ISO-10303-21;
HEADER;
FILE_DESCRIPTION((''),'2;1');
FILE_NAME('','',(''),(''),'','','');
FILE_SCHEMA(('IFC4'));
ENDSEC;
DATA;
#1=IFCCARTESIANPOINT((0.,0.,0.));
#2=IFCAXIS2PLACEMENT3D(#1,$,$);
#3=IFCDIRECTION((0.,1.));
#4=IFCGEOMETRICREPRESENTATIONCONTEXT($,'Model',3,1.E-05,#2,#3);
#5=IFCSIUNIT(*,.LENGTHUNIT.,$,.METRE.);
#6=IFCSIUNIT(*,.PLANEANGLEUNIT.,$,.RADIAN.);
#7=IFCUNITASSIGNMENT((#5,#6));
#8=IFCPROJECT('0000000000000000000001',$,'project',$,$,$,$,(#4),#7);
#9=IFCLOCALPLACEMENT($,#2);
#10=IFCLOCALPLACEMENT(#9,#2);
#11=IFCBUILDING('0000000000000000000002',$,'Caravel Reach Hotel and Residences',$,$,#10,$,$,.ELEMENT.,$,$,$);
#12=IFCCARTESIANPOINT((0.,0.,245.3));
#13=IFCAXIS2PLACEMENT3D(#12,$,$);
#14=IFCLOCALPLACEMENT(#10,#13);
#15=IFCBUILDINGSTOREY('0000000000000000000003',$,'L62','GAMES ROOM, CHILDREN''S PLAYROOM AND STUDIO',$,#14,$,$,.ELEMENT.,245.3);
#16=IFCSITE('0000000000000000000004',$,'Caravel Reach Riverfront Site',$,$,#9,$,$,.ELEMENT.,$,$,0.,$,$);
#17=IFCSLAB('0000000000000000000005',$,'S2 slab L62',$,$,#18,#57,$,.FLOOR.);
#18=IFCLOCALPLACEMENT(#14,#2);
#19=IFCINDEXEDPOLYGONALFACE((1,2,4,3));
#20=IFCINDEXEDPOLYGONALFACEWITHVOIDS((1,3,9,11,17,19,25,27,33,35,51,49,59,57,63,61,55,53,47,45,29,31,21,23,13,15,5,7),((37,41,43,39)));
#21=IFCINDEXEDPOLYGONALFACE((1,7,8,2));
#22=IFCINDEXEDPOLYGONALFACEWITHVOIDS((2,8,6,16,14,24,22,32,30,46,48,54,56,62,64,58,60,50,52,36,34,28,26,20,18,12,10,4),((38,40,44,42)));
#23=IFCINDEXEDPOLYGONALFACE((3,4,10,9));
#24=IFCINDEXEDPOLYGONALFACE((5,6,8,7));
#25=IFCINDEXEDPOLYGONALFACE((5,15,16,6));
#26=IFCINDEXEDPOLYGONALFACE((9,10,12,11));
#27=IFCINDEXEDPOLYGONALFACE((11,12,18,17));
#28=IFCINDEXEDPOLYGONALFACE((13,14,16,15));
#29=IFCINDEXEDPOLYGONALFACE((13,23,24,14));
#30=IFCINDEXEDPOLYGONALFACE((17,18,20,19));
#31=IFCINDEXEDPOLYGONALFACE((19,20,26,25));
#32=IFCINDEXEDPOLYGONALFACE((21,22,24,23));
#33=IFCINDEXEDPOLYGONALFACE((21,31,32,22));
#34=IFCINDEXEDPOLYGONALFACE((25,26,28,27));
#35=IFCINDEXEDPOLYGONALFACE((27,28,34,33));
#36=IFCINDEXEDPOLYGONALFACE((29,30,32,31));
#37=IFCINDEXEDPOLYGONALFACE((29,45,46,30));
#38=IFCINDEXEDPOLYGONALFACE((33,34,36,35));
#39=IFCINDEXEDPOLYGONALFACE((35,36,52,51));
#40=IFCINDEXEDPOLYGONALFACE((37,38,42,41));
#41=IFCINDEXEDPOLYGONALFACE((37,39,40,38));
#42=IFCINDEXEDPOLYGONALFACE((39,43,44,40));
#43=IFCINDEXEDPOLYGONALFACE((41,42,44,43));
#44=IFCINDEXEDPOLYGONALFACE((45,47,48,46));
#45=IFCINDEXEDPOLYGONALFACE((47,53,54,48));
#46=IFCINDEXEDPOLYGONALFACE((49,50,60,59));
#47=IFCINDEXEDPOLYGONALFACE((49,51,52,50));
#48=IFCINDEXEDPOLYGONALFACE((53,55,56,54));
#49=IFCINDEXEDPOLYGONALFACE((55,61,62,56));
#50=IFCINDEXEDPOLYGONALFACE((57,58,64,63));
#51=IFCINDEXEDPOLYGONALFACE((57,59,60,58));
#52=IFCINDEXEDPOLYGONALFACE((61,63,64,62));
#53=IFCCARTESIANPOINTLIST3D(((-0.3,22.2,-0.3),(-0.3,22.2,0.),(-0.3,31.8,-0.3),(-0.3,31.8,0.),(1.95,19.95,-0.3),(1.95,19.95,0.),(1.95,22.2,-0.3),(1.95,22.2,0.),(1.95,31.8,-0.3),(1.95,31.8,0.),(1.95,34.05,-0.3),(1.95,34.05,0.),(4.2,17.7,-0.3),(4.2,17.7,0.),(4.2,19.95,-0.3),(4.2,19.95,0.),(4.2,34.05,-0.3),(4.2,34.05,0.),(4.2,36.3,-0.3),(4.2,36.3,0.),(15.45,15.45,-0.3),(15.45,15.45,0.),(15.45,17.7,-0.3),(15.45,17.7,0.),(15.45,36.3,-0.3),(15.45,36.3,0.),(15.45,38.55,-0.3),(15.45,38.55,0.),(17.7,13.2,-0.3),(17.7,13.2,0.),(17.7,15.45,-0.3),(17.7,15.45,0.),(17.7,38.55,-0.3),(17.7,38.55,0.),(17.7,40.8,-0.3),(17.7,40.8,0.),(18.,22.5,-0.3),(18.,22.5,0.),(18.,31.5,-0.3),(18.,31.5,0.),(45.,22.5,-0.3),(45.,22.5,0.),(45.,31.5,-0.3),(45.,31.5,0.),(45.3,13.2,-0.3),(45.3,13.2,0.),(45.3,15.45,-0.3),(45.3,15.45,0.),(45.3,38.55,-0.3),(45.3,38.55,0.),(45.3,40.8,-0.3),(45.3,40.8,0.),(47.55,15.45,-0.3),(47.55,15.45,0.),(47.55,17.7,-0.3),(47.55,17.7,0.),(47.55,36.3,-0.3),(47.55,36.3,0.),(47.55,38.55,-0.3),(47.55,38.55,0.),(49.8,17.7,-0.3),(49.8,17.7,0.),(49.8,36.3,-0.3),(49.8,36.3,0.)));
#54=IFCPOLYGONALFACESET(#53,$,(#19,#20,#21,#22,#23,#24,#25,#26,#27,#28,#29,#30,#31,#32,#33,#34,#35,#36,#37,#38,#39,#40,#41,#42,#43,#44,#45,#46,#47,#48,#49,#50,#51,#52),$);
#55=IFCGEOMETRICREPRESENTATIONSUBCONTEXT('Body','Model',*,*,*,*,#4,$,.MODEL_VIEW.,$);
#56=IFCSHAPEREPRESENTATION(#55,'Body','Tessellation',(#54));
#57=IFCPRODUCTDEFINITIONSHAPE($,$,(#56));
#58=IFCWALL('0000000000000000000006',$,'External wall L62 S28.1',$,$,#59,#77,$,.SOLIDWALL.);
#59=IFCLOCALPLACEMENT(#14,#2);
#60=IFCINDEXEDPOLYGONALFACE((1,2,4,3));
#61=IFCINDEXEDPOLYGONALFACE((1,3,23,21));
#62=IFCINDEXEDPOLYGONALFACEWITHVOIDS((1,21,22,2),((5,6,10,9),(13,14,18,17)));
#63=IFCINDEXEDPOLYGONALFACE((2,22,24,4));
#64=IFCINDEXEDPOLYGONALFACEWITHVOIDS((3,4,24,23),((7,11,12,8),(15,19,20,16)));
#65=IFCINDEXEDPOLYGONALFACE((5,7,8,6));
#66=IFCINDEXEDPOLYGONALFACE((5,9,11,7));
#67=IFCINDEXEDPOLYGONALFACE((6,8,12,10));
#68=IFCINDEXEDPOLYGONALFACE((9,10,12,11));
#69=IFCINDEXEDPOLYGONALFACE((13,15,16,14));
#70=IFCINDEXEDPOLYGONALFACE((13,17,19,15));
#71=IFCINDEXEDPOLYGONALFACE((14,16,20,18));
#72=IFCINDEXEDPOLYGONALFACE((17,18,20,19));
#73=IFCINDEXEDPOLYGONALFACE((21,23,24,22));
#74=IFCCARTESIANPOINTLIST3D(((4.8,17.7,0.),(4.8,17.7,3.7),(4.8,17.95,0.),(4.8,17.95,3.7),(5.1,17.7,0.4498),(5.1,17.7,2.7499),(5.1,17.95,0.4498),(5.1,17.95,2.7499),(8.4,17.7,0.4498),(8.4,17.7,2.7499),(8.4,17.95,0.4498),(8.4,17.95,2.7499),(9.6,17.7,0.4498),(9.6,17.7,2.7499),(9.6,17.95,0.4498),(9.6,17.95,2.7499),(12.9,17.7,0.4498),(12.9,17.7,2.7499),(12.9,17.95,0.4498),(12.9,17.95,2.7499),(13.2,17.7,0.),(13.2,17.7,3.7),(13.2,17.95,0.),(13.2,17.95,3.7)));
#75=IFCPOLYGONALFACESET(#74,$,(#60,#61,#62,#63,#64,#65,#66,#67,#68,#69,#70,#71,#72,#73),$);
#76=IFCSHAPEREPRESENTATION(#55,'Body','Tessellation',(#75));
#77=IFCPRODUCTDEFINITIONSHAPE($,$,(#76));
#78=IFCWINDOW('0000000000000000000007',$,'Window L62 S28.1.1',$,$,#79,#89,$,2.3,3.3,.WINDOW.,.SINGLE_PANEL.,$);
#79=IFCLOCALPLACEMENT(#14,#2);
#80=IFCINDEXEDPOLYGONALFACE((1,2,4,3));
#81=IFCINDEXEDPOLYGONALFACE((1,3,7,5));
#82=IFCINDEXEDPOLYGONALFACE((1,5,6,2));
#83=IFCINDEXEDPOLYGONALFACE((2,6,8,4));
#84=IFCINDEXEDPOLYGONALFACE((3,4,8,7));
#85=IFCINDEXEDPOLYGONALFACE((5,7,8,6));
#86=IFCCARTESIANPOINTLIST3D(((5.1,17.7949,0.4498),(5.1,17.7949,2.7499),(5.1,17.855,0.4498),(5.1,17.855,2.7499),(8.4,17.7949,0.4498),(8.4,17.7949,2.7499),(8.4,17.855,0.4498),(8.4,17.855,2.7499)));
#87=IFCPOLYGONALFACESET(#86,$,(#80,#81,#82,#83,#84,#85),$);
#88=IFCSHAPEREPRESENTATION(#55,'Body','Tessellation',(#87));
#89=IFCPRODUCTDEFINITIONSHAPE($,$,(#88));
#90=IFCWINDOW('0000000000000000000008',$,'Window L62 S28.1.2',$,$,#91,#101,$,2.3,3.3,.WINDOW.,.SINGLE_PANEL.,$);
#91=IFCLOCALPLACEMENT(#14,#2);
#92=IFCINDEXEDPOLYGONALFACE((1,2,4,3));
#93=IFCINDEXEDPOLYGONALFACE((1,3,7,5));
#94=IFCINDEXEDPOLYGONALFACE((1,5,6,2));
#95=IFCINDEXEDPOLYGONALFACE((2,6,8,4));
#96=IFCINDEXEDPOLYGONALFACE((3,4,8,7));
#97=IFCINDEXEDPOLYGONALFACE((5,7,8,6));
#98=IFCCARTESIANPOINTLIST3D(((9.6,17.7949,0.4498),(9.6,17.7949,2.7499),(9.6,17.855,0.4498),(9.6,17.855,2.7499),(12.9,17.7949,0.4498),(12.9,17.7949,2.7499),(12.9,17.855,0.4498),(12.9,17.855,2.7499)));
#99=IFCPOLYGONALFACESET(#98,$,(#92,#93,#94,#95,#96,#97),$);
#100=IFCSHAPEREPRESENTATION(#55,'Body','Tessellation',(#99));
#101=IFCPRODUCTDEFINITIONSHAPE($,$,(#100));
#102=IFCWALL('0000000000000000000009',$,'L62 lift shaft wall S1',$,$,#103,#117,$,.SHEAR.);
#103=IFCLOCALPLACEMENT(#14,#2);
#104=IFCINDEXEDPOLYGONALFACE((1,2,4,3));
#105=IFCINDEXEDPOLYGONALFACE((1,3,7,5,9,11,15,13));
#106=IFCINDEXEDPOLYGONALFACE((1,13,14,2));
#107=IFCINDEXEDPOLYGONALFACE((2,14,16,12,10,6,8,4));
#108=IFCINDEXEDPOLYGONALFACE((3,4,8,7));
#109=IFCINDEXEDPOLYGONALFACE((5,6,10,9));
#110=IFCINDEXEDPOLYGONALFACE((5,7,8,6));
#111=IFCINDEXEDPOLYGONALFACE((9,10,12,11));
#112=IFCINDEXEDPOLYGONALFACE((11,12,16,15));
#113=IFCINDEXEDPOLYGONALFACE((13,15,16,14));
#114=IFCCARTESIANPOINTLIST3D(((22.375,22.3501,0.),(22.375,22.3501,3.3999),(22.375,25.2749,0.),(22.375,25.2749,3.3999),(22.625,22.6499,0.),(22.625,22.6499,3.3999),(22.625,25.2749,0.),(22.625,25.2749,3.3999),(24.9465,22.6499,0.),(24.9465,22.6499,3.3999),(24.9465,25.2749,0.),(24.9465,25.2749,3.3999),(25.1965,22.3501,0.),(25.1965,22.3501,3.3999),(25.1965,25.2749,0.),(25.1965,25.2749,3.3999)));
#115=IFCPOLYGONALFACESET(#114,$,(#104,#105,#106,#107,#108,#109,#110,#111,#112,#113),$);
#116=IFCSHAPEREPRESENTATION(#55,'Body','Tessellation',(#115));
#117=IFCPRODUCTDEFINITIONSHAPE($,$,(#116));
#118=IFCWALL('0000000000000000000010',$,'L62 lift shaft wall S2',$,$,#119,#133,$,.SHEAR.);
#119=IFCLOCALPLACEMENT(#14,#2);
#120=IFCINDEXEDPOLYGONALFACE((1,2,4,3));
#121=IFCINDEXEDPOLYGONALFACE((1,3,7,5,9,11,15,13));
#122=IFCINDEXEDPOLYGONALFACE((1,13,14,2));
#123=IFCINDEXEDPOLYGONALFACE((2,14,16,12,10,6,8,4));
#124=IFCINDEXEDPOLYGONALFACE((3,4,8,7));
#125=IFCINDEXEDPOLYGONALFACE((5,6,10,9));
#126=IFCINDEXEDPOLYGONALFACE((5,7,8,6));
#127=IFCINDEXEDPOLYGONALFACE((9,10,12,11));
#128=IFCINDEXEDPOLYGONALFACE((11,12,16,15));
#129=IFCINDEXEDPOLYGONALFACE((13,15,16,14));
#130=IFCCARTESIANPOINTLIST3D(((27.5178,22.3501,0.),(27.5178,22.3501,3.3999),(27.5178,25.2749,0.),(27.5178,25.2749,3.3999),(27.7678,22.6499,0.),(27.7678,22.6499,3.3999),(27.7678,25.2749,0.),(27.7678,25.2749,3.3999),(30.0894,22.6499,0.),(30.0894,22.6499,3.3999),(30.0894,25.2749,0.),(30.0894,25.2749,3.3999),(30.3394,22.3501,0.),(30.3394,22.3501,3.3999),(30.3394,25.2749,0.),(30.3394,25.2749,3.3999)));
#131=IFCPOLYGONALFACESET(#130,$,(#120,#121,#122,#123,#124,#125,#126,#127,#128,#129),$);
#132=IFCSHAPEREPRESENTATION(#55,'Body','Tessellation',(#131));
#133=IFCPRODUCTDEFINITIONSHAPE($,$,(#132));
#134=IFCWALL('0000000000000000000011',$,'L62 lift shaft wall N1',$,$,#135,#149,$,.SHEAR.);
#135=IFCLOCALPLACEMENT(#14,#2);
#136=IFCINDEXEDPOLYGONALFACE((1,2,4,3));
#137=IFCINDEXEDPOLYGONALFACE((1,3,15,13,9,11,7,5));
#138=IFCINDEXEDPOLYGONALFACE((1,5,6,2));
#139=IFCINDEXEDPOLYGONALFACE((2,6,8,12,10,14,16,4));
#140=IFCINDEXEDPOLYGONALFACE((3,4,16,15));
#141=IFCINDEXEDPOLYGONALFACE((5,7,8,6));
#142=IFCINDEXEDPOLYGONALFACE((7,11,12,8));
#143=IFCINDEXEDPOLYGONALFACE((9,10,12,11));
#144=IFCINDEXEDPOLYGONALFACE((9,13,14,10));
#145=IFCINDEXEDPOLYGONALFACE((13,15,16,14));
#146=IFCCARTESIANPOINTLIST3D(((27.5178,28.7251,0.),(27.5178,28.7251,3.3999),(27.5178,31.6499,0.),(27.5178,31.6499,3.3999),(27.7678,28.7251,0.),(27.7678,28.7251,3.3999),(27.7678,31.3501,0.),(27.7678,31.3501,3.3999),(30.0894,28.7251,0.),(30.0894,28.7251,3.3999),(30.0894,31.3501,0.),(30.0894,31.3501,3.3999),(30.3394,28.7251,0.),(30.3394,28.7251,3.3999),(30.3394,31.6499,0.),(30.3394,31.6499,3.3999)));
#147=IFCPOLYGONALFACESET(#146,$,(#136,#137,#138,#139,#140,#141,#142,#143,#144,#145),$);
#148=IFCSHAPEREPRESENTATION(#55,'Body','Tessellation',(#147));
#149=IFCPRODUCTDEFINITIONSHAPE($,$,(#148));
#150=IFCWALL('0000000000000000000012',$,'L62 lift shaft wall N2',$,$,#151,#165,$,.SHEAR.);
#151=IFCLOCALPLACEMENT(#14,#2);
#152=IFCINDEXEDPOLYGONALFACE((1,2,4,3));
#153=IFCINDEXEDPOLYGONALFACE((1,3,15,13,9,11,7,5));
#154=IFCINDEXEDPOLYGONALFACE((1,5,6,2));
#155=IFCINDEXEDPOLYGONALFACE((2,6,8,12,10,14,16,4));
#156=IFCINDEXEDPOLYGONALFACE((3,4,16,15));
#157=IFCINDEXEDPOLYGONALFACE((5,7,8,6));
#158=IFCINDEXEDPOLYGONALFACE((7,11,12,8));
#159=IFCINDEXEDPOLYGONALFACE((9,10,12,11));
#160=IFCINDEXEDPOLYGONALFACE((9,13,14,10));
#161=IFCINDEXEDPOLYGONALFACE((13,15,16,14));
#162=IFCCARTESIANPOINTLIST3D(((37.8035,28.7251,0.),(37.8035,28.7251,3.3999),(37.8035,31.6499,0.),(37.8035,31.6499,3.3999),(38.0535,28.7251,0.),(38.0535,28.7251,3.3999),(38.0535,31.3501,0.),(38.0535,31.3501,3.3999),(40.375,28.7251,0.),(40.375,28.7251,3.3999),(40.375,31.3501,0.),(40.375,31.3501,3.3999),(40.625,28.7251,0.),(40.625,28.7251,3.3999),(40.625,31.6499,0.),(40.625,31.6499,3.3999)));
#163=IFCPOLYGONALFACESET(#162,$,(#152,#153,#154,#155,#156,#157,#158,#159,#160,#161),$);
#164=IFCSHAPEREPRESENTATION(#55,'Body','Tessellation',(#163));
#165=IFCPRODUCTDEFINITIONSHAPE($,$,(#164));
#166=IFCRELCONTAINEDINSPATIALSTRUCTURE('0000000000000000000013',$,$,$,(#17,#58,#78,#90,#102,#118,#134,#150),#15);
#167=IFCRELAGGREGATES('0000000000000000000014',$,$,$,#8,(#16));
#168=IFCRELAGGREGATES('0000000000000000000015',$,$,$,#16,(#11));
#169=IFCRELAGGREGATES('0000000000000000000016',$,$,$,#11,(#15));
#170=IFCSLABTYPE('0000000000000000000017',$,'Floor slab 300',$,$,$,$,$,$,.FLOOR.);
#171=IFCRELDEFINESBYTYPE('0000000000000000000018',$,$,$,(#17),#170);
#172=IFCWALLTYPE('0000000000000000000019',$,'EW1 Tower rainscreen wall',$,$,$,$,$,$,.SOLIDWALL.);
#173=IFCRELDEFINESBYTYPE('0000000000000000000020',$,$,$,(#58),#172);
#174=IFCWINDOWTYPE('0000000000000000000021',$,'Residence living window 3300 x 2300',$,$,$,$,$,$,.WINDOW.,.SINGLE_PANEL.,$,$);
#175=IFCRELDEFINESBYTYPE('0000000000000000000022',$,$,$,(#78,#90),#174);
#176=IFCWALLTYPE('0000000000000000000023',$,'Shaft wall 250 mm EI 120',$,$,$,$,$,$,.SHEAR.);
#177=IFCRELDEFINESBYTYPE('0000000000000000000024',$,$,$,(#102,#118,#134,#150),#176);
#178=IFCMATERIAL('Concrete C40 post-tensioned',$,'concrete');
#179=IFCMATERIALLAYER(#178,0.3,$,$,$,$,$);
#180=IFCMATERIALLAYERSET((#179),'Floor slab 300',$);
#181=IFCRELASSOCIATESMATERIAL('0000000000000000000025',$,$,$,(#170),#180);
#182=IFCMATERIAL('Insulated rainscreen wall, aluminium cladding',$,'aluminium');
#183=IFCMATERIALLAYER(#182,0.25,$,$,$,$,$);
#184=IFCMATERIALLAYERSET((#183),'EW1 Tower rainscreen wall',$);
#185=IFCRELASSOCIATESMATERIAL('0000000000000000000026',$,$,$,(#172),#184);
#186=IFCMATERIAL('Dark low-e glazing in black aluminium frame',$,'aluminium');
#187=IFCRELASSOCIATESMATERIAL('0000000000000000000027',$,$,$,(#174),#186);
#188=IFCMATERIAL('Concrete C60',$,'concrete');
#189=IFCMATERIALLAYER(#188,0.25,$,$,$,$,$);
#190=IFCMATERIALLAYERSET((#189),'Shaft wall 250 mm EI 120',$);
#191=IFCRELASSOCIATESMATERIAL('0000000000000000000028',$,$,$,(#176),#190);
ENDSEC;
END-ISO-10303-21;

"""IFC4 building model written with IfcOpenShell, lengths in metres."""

from ifc_helpers import new_model, si_unit, direction, frame, frame_2d, origin, place, context, subcontext, project, spatial, polyline, rectangle, outline, extrude, material, layer, layer_set, type_object, element, fill, save


model = new_model("IFC4")

# Units and contexts
model_context = context("Model", 3, precision=1e-05, world=origin(), true_north=direction((0.0, 1.0)))
body_context = subcontext(model_context, "Body", "Model", "MODEL_VIEW")
ifc_project = project(units=[si_unit("LENGTHUNIT", "METRE"), si_unit("PLANEANGLEUNIT", "RADIAN")], contexts=[model_context])

# Site, building, storey
site_placement = place(None, origin())
site = spatial("IfcSite", under=ifc_project, at=site_placement, Name="Caravel Reach Riverfront Site", CompositionType="ELEMENT", RefElevation=0.0)
building_placement = place(site_placement, origin())
building = spatial("IfcBuilding", under=site, at=building_placement, Name="Caravel Reach Hotel and Residences", CompositionType="ELEMENT")
storey_placement = place(building_placement, frame((0.0, 0.0, 245.3)))
storey = spatial("IfcBuildingStorey", under=building, at=storey_placement, Name="L62", Description="GAMES ROOM, CHILDREN'S PLAYROOM AND STUDIO", CompositionType="ELEMENT", Elevation=245.3)

# Slab
ifc_material_1 = material(Name="Concrete C40 post-tensioned", Category="concrete")
ifc_layer_1 = layer(ifc_material_1, 0.3)
ifc_layer_set_1 = layer_set([ifc_layer_1], Name="Floor slab 300")
slab_type_1 = type_object("IfcSlabType", Name="Floor slab 300", PredefinedType="FLOOR", material=ifc_layer_set_1)
slab_1_placement = place(storey_placement, frame((0.0, 0.0, -0.3)))
element("IfcSlab", 1, at=slab_1_placement, inside=storey, type_object=slab_type_1, Name="S2 slab L62", PredefinedType="FLOOR", context=body_context, shape_type="SweptSolid", body=[
    extrude(outline(polyline([(4.2, 19.95), (1.95, 19.95), (1.95, 22.2), (-0.3, 22.2), (-0.3, 31.8), (1.95, 31.8), (1.95, 34.05), (4.2, 34.05), (4.2, 36.3), (15.45, 36.3), (15.45, 38.55), (17.7, 38.55), (17.7, 40.8), (45.3, 40.8), (45.3, 38.55), (47.55, 38.55), (47.55, 36.3), (49.8, 36.3), (49.8, 17.7), (47.55, 17.7), (47.55, 15.45), (45.3, 15.45), (45.3, 13.2), (17.7, 13.2), (17.7, 15.45), (15.45, 15.45), (15.45, 17.7), (4.2, 17.7), (4.2, 19.95)]), holes=[polyline([(45.0, 31.5), (18.0, 31.5), (18.0, 22.5), (45.0, 22.5), (45.0, 31.5)])]), origin(), (0.0, 0.0, 1.0), 0.3),
])

# Wall, openings, windows
ifc_material_2 = material(Name="Insulated rainscreen wall, aluminium cladding", Category="aluminium")
ifc_layer_2 = layer(ifc_material_2, 0.25)
ifc_layer_set_2 = layer_set([ifc_layer_2], Name="EW1 Tower rainscreen wall")
wall_type_1 = type_object("IfcWallType", Name="EW1 Tower rainscreen wall", PredefinedType="SOLIDWALL", material=ifc_layer_set_2)
wall_1_placement = place(storey_placement, frame((4.8, 17.825, 0.0), z_axis=(0.0, 0.0, 1.0), x_axis=(1.0, 0.0, 0.0)))
wall_1 = element("IfcWall", 2, at=wall_1_placement, inside=storey, type_object=wall_type_1, Name="External wall L62 S28.1", PredefinedType="SOLIDWALL", context=body_context, shape_type="SweptSolid", body=[
    extrude(rectangle(XDim=8.3999, YDim=0.25, at=frame_2d((4.2, 0.0))), origin(), (0.0, 0.0, 1.0), 3.7),
])
opening_1_placement = place(wall_1_placement, frame((0.3, 0.0, 0.45)))
opening_1 = element("IfcOpeningElement", 3, at=opening_1_placement, cuts=wall_1, PredefinedType="OPENING", context=body_context, shape_type="SweptSolid", body=[
    extrude(rectangle(XDim=3.3, YDim=2.3, at=frame_2d((1.6499, 1.1499))), frame((0.0, 0.135, 0.0), z_axis=(0.0, -1.0, 0.0), x_axis=(1.0, 0.0, 0.0)), (0.0, 0.0, 1.0), 0.27),
])
opening_2_placement = place(wall_1_placement, frame((4.8, 0.0, 0.45)))
opening_2 = element("IfcOpeningElement", 4, at=opening_2_placement, cuts=wall_1, PredefinedType="OPENING", context=body_context, shape_type="SweptSolid", body=[
    extrude(rectangle(XDim=3.3, YDim=2.3, at=frame_2d((1.6499, 1.1499))), frame((0.0, 0.135, 0.0), z_axis=(0.0, -1.0, 0.0), x_axis=(1.0, 0.0, 0.0)), (0.0, 0.0, 1.0), 0.27),
])
ifc_material_3 = material(Name="Dark low-e glazing in black aluminium frame", Category="aluminium")
window_type = type_object("IfcWindowType", Name="Residence living window 3300 x 2300", PartitioningType="SINGLE_PANEL", PredefinedType="WINDOW", material=ifc_material_3)
window_1_placement = place(opening_1_placement, origin())
window_1 = element("IfcWindow", 5, at=window_1_placement, inside=storey, type_object=window_type, Name="Window L62 S28.1.1", OverallHeight=2.3, OverallWidth=3.3, PartitioningType="SINGLE_PANEL", PredefinedType="WINDOW", context=body_context, shape_type="SweptSolid", body=[
    extrude(rectangle(XDim=3.3, YDim=2.3, at=frame_2d((1.6499, 1.1499))), frame((0.0, 0.03, 0.0), z_axis=(0.0, -1.0, 0.0), x_axis=(1.0, 0.0, 0.0)), (0.0, 0.0, 1.0), 0.0601),
])
fill(opening_1, window_1)
window_2_placement = place(opening_2_placement, origin())
window_2 = element("IfcWindow", 6, at=window_2_placement, inside=storey, type_object=window_type, Name="Window L62 S28.1.2", OverallHeight=2.3, OverallWidth=3.3, PartitioningType="SINGLE_PANEL", PredefinedType="WINDOW", context=body_context, shape_type="SweptSolid", body=[
    extrude(rectangle(XDim=3.3, YDim=2.3, at=frame_2d((1.6499, 1.1499))), frame((0.0, 0.03, 0.0), z_axis=(0.0, -1.0, 0.0), x_axis=(1.0, 0.0, 0.0)), (0.0, 0.0, 1.0), 0.0601),
])
fill(opening_2, window_2)

# Walls
ifc_material_4 = material(Name="Concrete C60", Category="concrete")
ifc_layer_3 = layer(ifc_material_4, 0.25)
ifc_layer_set_3 = layer_set([ifc_layer_3], Name="Shaft wall 250 mm EI 120")
wall_type_2 = type_object("IfcWallType", Name="Shaft wall 250 mm EI 120", PredefinedType="SHEAR", material=ifc_layer_set_3)
wall_2_placement = place(storey_placement, origin())
element("IfcWall", 7, at=wall_2_placement, inside=storey, type_object=wall_type_2, Name="L62 lift shaft wall S1", PredefinedType="SHEAR", context=body_context, shape_type="SweptSolid", body=[
    extrude(outline(polyline([(22.375, 22.3501), (25.1965, 22.3501), (25.1965, 25.2749), (24.9465, 25.2749), (24.9465, 22.6499), (22.625, 22.6499), (22.625, 25.2749), (22.375, 25.2749), (22.375, 22.3501)])), origin(), (0.0, 0.0, 1.0), 3.3999),
])
wall_3_placement = place(storey_placement, origin())
element("IfcWall", 8, at=wall_3_placement, inside=storey, type_object=wall_type_2, Name="L62 lift shaft wall S2", PredefinedType="SHEAR", context=body_context, shape_type="SweptSolid", body=[
    extrude(outline(polyline([(27.5178, 22.3501), (30.3394, 22.3501), (30.3394, 25.2749), (30.0894, 25.2749), (30.0894, 22.6499), (27.7678, 22.6499), (27.7678, 25.2749), (27.5178, 25.2749), (27.5178, 22.3501)])), origin(), (0.0, 0.0, 1.0), 3.3999),
])
wall_4_placement = place(storey_placement, origin())
element("IfcWall", 9, at=wall_4_placement, inside=storey, type_object=wall_type_2, Name="L62 lift shaft wall N1", PredefinedType="SHEAR", context=body_context, shape_type="SweptSolid", body=[
    extrude(outline(polyline([(27.5178, 28.7251), (27.7678, 28.7251), (27.7678, 31.3501), (30.0894, 31.3501), (30.0894, 28.7251), (30.3394, 28.7251), (30.3394, 31.6499), (27.5178, 31.6499), (27.5178, 28.7251)])), origin(), (0.0, 0.0, 1.0), 3.3999),
])
wall_5_placement = place(storey_placement, origin())
element("IfcWall", 10, at=wall_5_placement, inside=storey, type_object=wall_type_2, Name="L62 lift shaft wall N2", PredefinedType="SHEAR", context=body_context, shape_type="SweptSolid", body=[
    extrude(outline(polyline([(37.8035, 28.7251), (38.0535, 28.7251), (38.0535, 31.3501), (40.375, 31.3501), (40.375, 28.7251), (40.625, 28.7251), (40.625, 31.6499), (37.8035, 31.6499), (37.8035, 28.7251)])), origin(), (0.0, 0.0, 1.0), 3.3999),
])

save(model, "model.ifc")
